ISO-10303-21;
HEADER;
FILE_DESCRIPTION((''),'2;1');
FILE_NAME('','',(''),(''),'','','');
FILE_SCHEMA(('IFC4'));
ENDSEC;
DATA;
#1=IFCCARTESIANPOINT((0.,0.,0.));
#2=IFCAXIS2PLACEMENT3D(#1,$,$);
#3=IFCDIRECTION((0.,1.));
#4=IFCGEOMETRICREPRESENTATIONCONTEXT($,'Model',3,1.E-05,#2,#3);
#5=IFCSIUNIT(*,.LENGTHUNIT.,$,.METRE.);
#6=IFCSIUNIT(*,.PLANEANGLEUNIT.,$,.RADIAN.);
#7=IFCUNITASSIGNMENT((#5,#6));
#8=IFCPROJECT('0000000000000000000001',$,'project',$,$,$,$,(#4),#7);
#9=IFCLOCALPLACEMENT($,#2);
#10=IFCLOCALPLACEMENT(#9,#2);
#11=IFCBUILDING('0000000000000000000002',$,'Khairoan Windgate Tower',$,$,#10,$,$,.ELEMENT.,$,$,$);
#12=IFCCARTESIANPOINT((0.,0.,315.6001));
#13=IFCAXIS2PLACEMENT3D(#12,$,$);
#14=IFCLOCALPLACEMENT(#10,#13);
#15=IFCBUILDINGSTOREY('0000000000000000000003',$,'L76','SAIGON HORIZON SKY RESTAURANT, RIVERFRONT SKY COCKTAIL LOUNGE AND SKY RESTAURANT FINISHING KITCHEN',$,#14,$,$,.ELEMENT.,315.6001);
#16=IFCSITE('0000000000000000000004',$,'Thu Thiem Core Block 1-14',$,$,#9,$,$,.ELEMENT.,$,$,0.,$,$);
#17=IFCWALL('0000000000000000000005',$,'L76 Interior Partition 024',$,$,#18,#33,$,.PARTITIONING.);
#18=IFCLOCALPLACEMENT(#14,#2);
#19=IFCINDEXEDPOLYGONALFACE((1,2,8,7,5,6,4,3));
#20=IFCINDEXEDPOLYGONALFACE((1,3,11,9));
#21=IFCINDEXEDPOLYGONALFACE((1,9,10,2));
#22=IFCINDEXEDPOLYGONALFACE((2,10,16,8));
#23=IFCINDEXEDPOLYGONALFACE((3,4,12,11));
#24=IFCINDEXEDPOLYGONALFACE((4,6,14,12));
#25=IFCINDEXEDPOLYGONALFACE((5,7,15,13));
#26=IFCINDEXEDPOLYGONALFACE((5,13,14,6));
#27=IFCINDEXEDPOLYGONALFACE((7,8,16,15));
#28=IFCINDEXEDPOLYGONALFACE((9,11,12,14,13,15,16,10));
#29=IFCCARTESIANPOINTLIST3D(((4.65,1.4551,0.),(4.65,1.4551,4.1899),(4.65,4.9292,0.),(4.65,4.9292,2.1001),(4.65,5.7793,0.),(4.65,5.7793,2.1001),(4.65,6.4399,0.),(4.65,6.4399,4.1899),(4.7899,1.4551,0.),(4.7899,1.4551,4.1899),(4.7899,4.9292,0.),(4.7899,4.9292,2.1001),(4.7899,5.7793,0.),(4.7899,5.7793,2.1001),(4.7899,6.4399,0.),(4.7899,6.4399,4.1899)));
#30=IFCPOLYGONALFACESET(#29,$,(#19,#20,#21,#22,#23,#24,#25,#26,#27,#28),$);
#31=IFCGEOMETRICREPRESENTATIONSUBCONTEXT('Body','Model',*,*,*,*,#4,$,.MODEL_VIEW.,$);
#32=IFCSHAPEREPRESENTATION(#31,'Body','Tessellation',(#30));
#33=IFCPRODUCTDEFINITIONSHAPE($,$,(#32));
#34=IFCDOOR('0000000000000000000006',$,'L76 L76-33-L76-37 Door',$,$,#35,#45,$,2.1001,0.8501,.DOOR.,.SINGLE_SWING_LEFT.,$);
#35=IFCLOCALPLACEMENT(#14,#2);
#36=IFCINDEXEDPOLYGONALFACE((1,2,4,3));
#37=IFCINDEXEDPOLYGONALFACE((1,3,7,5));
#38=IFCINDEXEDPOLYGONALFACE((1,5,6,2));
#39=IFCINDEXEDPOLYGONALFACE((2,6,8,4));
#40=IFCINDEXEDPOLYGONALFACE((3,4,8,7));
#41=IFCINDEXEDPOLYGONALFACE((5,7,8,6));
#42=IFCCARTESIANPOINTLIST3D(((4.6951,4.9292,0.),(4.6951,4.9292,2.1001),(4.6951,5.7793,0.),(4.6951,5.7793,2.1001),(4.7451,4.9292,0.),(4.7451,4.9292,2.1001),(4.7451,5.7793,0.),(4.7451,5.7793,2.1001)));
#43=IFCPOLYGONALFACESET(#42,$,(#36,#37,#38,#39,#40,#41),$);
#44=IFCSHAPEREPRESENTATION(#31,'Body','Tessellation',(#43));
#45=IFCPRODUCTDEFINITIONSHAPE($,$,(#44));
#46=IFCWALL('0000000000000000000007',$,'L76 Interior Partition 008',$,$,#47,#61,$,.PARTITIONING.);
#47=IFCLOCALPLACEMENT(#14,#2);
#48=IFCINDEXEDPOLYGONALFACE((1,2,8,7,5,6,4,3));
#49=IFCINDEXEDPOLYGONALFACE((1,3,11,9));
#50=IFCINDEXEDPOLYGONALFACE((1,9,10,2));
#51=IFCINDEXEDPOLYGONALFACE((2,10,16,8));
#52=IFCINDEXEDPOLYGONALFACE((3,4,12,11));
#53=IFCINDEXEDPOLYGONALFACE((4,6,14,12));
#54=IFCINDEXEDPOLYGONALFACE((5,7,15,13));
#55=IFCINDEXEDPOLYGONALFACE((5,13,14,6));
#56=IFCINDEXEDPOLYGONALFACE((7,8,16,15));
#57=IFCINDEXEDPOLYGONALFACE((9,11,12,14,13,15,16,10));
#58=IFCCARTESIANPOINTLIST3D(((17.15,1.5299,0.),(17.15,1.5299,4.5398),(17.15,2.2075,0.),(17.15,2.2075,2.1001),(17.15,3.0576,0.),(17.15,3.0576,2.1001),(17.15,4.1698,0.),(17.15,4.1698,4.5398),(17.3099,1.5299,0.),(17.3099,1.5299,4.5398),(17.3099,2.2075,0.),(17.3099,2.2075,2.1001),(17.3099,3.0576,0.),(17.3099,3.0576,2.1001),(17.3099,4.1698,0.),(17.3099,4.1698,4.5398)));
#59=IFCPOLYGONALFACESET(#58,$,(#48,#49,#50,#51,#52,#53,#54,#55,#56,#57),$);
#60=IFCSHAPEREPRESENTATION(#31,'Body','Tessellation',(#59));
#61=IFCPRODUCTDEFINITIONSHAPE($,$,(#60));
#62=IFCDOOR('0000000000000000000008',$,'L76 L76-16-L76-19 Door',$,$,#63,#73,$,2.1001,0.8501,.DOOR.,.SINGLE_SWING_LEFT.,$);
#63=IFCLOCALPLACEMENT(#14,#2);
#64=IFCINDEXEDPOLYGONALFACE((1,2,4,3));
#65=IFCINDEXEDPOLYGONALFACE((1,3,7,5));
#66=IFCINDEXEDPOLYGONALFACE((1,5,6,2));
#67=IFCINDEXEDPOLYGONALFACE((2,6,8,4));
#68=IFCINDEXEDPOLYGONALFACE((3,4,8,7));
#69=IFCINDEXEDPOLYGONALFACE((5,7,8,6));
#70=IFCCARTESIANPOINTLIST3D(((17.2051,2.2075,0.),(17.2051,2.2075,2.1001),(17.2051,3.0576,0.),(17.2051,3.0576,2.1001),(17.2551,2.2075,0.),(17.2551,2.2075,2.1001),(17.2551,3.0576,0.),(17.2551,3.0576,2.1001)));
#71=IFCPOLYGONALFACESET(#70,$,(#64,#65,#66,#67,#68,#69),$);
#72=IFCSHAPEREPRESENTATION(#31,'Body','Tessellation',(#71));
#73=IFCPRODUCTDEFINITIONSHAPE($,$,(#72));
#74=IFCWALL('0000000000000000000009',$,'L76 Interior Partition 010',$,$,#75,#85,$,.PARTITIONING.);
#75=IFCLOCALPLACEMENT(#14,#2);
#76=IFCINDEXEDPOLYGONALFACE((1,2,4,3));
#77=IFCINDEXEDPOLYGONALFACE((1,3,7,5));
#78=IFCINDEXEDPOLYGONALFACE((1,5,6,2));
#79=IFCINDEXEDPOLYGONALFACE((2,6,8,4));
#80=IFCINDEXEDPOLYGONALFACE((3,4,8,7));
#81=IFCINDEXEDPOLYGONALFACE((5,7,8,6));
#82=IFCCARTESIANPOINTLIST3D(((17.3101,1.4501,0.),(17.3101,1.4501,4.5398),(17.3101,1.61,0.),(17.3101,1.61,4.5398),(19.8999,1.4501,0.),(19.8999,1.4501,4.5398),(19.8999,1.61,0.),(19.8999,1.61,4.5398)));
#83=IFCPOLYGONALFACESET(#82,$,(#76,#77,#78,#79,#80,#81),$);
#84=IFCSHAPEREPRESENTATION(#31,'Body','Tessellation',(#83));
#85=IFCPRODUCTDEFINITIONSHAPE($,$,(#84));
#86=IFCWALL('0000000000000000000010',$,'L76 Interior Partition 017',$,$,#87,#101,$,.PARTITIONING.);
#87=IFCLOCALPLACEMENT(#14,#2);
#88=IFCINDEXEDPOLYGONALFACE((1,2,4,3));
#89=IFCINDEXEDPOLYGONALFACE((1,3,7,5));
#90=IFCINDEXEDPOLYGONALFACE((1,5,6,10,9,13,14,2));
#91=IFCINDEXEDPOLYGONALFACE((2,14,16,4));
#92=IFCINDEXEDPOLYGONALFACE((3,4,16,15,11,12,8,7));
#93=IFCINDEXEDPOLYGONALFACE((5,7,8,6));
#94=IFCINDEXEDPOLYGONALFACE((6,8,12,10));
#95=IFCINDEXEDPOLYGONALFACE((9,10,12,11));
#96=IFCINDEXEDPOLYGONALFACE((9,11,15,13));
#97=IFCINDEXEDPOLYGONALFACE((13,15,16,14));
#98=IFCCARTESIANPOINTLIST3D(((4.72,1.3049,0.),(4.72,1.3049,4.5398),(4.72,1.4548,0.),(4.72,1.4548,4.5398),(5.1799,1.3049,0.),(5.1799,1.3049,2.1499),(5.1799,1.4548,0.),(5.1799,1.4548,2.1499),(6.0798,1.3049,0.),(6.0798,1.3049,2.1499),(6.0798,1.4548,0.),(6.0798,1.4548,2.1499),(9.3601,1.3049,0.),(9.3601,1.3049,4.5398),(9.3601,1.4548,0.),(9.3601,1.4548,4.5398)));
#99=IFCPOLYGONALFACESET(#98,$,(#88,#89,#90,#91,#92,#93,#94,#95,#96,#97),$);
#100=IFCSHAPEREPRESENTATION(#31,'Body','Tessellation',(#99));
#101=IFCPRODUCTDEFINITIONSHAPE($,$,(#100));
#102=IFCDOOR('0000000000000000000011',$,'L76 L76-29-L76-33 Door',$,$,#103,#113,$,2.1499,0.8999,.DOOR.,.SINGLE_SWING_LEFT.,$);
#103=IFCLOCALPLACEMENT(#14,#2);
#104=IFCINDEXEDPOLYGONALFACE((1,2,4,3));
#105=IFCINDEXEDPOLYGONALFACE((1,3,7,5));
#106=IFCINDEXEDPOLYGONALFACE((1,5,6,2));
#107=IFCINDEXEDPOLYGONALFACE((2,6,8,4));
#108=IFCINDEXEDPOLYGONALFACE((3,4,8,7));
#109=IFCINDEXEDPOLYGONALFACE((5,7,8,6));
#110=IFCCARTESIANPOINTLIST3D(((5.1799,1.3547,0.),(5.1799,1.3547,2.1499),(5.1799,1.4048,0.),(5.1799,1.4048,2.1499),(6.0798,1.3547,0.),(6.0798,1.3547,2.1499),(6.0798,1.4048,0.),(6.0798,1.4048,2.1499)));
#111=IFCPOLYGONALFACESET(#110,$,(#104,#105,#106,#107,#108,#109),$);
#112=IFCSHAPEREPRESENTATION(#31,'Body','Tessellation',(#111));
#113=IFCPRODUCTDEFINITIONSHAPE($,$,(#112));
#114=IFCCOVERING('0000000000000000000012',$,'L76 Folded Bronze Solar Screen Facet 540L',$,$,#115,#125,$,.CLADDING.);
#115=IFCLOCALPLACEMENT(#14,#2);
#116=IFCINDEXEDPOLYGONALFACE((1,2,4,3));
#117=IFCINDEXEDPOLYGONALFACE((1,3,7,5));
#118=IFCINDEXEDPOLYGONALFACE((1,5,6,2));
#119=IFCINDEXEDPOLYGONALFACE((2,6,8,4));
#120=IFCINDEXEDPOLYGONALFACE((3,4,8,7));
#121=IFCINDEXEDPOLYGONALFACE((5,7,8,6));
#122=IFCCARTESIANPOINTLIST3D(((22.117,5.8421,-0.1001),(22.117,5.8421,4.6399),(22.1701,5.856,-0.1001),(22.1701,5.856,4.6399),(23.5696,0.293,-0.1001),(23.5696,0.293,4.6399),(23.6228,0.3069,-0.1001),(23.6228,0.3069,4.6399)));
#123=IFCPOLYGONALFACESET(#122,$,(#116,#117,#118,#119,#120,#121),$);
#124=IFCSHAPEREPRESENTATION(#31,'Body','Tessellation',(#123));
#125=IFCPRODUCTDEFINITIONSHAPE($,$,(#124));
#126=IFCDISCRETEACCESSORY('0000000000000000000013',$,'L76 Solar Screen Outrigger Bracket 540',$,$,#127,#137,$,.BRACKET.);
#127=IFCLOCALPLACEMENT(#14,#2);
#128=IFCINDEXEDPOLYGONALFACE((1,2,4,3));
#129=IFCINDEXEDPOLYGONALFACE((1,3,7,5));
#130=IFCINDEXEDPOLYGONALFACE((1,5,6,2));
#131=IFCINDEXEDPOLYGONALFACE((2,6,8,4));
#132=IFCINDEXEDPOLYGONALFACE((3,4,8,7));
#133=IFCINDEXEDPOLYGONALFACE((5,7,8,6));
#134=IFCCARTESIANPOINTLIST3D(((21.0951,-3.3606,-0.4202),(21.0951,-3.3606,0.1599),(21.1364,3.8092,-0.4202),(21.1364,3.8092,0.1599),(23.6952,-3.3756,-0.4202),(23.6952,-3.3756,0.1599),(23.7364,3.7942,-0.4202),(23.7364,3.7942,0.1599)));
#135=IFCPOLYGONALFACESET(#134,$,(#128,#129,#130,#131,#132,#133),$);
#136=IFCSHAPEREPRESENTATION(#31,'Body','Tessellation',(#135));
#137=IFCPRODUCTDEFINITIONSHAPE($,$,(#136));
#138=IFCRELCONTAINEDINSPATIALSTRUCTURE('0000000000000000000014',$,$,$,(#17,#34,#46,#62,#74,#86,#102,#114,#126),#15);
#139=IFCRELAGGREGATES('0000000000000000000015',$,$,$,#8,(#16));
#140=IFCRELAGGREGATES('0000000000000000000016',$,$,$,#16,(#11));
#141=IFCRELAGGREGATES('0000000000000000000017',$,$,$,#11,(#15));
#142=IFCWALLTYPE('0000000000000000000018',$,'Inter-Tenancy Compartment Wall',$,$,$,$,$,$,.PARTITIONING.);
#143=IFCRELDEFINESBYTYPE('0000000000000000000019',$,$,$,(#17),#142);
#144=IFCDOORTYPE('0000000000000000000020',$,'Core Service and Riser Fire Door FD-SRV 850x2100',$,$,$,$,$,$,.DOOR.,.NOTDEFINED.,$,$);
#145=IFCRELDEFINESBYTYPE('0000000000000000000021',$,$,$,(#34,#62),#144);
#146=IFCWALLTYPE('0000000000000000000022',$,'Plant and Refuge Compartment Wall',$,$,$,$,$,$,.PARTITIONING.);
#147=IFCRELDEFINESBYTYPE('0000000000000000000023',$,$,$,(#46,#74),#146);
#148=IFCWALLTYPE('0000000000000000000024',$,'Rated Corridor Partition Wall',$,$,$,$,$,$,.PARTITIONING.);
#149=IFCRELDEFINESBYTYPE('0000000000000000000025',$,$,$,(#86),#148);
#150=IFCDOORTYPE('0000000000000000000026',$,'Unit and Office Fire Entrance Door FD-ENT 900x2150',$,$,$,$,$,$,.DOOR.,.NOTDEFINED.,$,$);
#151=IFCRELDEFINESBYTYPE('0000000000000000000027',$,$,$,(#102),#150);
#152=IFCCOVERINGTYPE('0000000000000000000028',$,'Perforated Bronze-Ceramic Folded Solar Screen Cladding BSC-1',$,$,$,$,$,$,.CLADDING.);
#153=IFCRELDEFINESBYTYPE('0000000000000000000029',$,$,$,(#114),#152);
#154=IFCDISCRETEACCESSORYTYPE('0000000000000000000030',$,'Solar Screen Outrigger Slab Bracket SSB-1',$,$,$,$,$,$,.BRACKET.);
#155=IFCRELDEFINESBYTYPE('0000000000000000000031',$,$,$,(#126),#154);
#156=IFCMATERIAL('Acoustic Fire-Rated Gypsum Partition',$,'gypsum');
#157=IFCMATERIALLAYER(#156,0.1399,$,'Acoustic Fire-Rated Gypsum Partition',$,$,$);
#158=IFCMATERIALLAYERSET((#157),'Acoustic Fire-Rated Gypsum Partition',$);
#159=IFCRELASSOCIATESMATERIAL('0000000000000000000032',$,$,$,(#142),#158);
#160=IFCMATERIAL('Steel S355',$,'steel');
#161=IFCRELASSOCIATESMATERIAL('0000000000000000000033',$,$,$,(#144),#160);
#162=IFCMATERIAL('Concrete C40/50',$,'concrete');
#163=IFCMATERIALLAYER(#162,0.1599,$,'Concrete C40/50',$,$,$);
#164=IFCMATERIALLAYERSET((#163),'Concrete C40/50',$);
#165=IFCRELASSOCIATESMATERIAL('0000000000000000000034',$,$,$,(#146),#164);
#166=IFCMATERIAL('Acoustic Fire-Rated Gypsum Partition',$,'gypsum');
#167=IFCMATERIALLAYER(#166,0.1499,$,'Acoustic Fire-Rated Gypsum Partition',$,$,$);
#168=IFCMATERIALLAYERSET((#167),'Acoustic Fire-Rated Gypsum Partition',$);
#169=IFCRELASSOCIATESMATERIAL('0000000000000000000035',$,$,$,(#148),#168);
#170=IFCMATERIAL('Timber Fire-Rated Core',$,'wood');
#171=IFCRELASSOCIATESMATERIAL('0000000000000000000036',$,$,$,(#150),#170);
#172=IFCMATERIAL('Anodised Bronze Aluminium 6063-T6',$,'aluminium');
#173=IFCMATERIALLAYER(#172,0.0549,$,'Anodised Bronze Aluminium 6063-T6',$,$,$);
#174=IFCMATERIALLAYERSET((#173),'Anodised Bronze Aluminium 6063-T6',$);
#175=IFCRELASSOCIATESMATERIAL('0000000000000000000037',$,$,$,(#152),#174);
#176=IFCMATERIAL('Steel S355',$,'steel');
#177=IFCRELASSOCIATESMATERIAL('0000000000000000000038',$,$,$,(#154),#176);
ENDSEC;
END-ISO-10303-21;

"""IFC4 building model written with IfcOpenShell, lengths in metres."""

from ifc_helpers import new_model, si_unit, direction, frame, frame_2d, origin, origin_2d, place, context, subcontext, project, spatial, rectangle, extrude, material, layer, layer_set, type_object, element, fill, save


model = new_model("IFC4")

# Units and contexts
model_context = context("Model", 3, precision=1e-05, world=origin(), true_north=direction((0.0, 1.0)))
body_context = subcontext(model_context, "Body", "Model", "MODEL_VIEW")
ifc_project = project(units=[si_unit("LENGTHUNIT", "METRE"), si_unit("PLANEANGLEUNIT", "RADIAN")], contexts=[model_context])

# Site, building, storey
site_placement = place(None, origin())
site = spatial("IfcSite", under=ifc_project, at=site_placement, Name="Thu Thiem Core Block 1-14", CompositionType="ELEMENT", RefElevation=0.0)
building_placement = place(site_placement, origin())
building = spatial("IfcBuilding", under=site, at=building_placement, Name="Khairoan Windgate Tower", CompositionType="ELEMENT")
storey_placement = place(building_placement, frame((0.0, 0.0, 315.6001)))
storey = spatial("IfcBuildingStorey", under=building, at=storey_placement, Name="L76", Description="SAIGON HORIZON SKY RESTAURANT, RIVERFRONT SKY COCKTAIL LOUNGE AND SKY RESTAURANT FINISHING KITCHEN", CompositionType="ELEMENT", Elevation=315.6001)

# Walls, openings, doors
ifc_material_1 = material(Name="Acoustic Fire-Rated Gypsum Partition", Category="gypsum")
ifc_layer_1 = layer(ifc_material_1, 0.1399, Name="Acoustic Fire-Rated Gypsum Partition")
ifc_layer_set_1 = layer_set([ifc_layer_1], Name="Acoustic Fire-Rated Gypsum Partition")
wall_type_1 = type_object("IfcWallType", Name="Inter-Tenancy Compartment Wall", PredefinedType="PARTITIONING", material=ifc_layer_set_1)
wall_1_placement = place(storey_placement, frame((4.72, 1.4551, 0.0), z_axis=(0.0, 0.0, 1.0), x_axis=(0.0, 1.0, 0.0)))
wall_1 = element("IfcWall", 1, at=wall_1_placement, inside=storey, type_object=wall_type_1, Name="L76 Interior Partition 024", PredefinedType="PARTITIONING", context=body_context, shape_type="SweptSolid", body=[
    extrude(rectangle(XDim=4.9849, YDim=0.1399, at=frame_2d((2.4924, 0.0))), origin(), (0.0, 0.0, 1.0), 4.1899),
])
opening_1_placement = place(wall_1_placement, frame((3.4741, 0.0, 0.0)))
opening_1 = element("IfcOpeningElement", 2, at=opening_1_placement, cuts=wall_1, PredefinedType="OPENING", context=body_context, shape_type="SweptSolid", body=[
    extrude(rectangle(XDim=0.8501, YDim=2.1001, at=frame_2d((0.425, 1.05))), frame((0.0, 0.0798, 0.0), z_axis=(0.0, -1.0, 0.0), x_axis=(1.0, 0.0, 0.0)), (0.0, 0.0, 1.0), 0.1599),
])
ifc_material_2 = material(Name="Steel S355", Category="steel")
door_type_1 = type_object("IfcDoorType", Name="Core Service and Riser Fire Door FD-SRV 850x2100", OperationType="NOTDEFINED", PredefinedType="DOOR", material=ifc_material_2)
door_1_placement = place(opening_1_placement, origin())
door_1 = element("IfcDoor", 3, at=door_1_placement, inside=storey, type_object=door_type_1, Name="L76 L76-33-L76-37 Door", OperationType="SINGLE_SWING_LEFT", OverallHeight=2.1001, OverallWidth=0.8501, PredefinedType="DOOR", context=body_context, shape_type="SweptSolid", body=[
    extrude(rectangle(XDim=0.8501, YDim=2.1001, at=frame_2d((0.425, 1.05))), frame((0.0, 0.0249, 0.0), z_axis=(0.0, -1.0, 0.0), x_axis=(1.0, 0.0, 0.0)), (0.0, 0.0, 1.0), 0.05),
])
fill(opening_1, door_1)
ifc_material_3 = material(Name="Concrete C40/50", Category="concrete")
ifc_layer_2 = layer(ifc_material_3, 0.1599, Name="Concrete C40/50")
ifc_layer_set_2 = layer_set([ifc_layer_2], Name="Concrete C40/50")
wall_type_2 = type_object("IfcWallType", Name="Plant and Refuge Compartment Wall", PredefinedType="PARTITIONING", material=ifc_layer_set_2)
wall_2_placement = place(storey_placement, frame((17.23, 1.53, 0.0), z_axis=(0.0, 0.0, 1.0), x_axis=(0.0, 1.0, 0.0)))
wall_2 = element("IfcWall", 4, at=wall_2_placement, inside=storey, type_object=wall_type_2, Name="L76 Interior Partition 008", PredefinedType="PARTITIONING", context=body_context, shape_type="SweptSolid", body=[
    extrude(rectangle(XDim=2.6399, YDim=0.1599, at=frame_2d((1.3198, 0.0))), origin(), (0.0, 0.0, 1.0), 4.5398),
])
opening_2_placement = place(wall_2_placement, frame((0.6775, 0.0, 0.0)))
opening_2 = element("IfcOpeningElement", 5, at=opening_2_placement, cuts=wall_2, PredefinedType="OPENING", context=body_context, shape_type="SweptSolid", body=[
    extrude(rectangle(XDim=0.8501, YDim=2.1001, at=frame_2d((0.425, 1.05))), frame((0.0, 0.0898, 0.0), z_axis=(0.0, -1.0, 0.0), x_axis=(1.0, 0.0, 0.0)), (0.0, 0.0, 1.0), 0.1799),
])
door_2_placement = place(opening_2_placement, origin())
door_2 = element("IfcDoor", 6, at=door_2_placement, inside=storey, type_object=door_type_1, Name="L76 L76-16-L76-19 Door", OperationType="SINGLE_SWING_LEFT", OverallHeight=2.1001, OverallWidth=0.8501, PredefinedType="DOOR", context=body_context, shape_type="SweptSolid", body=[
    extrude(rectangle(XDim=0.8501, YDim=2.1001, at=frame_2d((0.425, 1.05))), frame((0.0, 0.0249, 0.0), z_axis=(0.0, -1.0, 0.0), x_axis=(1.0, 0.0, 0.0)), (0.0, 0.0, 1.0), 0.05),
])
fill(opening_2, door_2)

# Wall
wall_3_placement = place(storey_placement, frame((17.3101, 1.53, 0.0), z_axis=(0.0, 0.0, 1.0), x_axis=(1.0, 0.0, 0.0)))
element("IfcWall", 7, at=wall_3_placement, inside=storey, type_object=wall_type_2, Name="L76 Interior Partition 010", PredefinedType="PARTITIONING", context=body_context, shape_type="SweptSolid", body=[
    extrude(rectangle(XDim=2.5898, YDim=0.1599, at=frame_2d((1.2949, 0.0))), origin(), (0.0, 0.0, 1.0), 4.5398),
])

# Wall, opening, door
ifc_material_4 = material(Name="Acoustic Fire-Rated Gypsum Partition", Category="gypsum")
ifc_layer_3 = layer(ifc_material_4, 0.1499, Name="Acoustic Fire-Rated Gypsum Partition")
ifc_layer_set_3 = layer_set([ifc_layer_3], Name="Acoustic Fire-Rated Gypsum Partition")
wall_type_3 = type_object("IfcWallType", Name="Rated Corridor Partition Wall", PredefinedType="PARTITIONING", material=ifc_layer_set_3)
wall_4_placement = place(storey_placement, frame((4.72, 1.3799, 0.0), z_axis=(0.0, 0.0, 1.0), x_axis=(1.0, 0.0, 0.0)))
wall_4 = element("IfcWall", 8, at=wall_4_placement, inside=storey, type_object=wall_type_3, Name="L76 Interior Partition 017", PredefinedType="PARTITIONING", context=body_context, shape_type="SweptSolid", body=[
    extrude(rectangle(XDim=4.6401, YDim=0.1499, at=frame_2d((2.3201, 0.0))), origin(), (0.0, 0.0, 1.0), 4.5398),
])
opening_3_placement = place(wall_4_placement, frame((0.46, 0.0, 0.0)))
opening_3 = element("IfcOpeningElement", 9, at=opening_3_placement, cuts=wall_4, PredefinedType="OPENING", context=body_context, shape_type="SweptSolid", body=[
    extrude(rectangle(XDim=0.8999, YDim=2.1499, at=frame_2d((0.45, 1.075))), frame((0.0, 0.085, 0.0), z_axis=(0.0, -1.0, 0.0), x_axis=(1.0, 0.0, 0.0)), (0.0, 0.0, 1.0), 0.1699),
])
ifc_material_5 = material(Name="Timber Fire-Rated Core", Category="wood")
door_type_2 = type_object("IfcDoorType", Name="Unit and Office Fire Entrance Door FD-ENT 900x2150", OperationType="NOTDEFINED", PredefinedType="DOOR", material=ifc_material_5)
door_3_placement = place(opening_3_placement, origin())
door_3 = element("IfcDoor", 10, at=door_3_placement, inside=storey, type_object=door_type_2, Name="L76 L76-29-L76-33 Door", OperationType="SINGLE_SWING_LEFT", OverallHeight=2.1499, OverallWidth=0.8999, PredefinedType="DOOR", context=body_context, shape_type="SweptSolid", body=[
    extrude(rectangle(XDim=0.8999, YDim=2.1499, at=frame_2d((0.45, 1.075))), frame((0.0, 0.0249, 0.0), z_axis=(0.0, -1.0, 0.0), x_axis=(1.0, 0.0, 0.0)), (0.0, 0.0, 1.0), 0.05),
])
fill(opening_3, door_3)

# Covering
ifc_material_6 = material(Name="Anodised Bronze Aluminium 6063-T6", Category="aluminium")
ifc_layer_4 = layer(ifc_material_6, 0.0549, Name="Anodised Bronze Aluminium 6063-T6")
ifc_layer_set_4 = layer_set([ifc_layer_4], Name="Anodised Bronze Aluminium 6063-T6")
covering_type = type_object("IfcCoveringType", Name="Perforated Bronze-Ceramic Folded Solar Screen Cladding BSC-1", PredefinedType="CLADDING", material=ifc_layer_set_4)
covering_placement = place(storey_placement, frame((22.8699, 3.0745, -0.1001), z_axis=(0.0, 0.0, 1.0), x_axis=(0.253251, -0.9674, 0.0)))
element("IfcCovering", 11, at=covering_placement, inside=storey, type_object=covering_type, Name="L76 Folded Bronze Solar Screen Facet 540L", PredefinedType="CLADDING", context=body_context, shape_type="SweptSolid", body=[
    extrude(rectangle(XDim=5.7361, YDim=0.0549, at=origin_2d()), origin(), (0.0, 0.0, 1.0), 4.74),
])

# Discrete accessory
ifc_material_7 = material(Name="Steel S355", Category="steel")
discrete_accessory_type = type_object("IfcDiscreteAccessoryType", Name="Solar Screen Outrigger Slab Bracket SSB-1", PredefinedType="BRACKET", material=ifc_material_7)
discrete_accessory_placement = place(storey_placement, frame((22.4158, 0.2168, -0.4202), z_axis=(0.0, 0.0, 1.0), x_axis=(-0.00576, -0.999983, 0.0)))
element("IfcDiscreteAccessory", 12, at=discrete_accessory_placement, inside=storey, type_object=discrete_accessory_type, Name="L76 Solar Screen Outrigger Bracket 540", PredefinedType="BRACKET", context=body_context, shape_type="SweptSolid", body=[
    extrude(rectangle(XDim=7.1699, YDim=2.6001, at=origin_2d()), origin(), (0.0, 0.0, 1.0), 0.5801),
])

save(model, "model.ifc")
